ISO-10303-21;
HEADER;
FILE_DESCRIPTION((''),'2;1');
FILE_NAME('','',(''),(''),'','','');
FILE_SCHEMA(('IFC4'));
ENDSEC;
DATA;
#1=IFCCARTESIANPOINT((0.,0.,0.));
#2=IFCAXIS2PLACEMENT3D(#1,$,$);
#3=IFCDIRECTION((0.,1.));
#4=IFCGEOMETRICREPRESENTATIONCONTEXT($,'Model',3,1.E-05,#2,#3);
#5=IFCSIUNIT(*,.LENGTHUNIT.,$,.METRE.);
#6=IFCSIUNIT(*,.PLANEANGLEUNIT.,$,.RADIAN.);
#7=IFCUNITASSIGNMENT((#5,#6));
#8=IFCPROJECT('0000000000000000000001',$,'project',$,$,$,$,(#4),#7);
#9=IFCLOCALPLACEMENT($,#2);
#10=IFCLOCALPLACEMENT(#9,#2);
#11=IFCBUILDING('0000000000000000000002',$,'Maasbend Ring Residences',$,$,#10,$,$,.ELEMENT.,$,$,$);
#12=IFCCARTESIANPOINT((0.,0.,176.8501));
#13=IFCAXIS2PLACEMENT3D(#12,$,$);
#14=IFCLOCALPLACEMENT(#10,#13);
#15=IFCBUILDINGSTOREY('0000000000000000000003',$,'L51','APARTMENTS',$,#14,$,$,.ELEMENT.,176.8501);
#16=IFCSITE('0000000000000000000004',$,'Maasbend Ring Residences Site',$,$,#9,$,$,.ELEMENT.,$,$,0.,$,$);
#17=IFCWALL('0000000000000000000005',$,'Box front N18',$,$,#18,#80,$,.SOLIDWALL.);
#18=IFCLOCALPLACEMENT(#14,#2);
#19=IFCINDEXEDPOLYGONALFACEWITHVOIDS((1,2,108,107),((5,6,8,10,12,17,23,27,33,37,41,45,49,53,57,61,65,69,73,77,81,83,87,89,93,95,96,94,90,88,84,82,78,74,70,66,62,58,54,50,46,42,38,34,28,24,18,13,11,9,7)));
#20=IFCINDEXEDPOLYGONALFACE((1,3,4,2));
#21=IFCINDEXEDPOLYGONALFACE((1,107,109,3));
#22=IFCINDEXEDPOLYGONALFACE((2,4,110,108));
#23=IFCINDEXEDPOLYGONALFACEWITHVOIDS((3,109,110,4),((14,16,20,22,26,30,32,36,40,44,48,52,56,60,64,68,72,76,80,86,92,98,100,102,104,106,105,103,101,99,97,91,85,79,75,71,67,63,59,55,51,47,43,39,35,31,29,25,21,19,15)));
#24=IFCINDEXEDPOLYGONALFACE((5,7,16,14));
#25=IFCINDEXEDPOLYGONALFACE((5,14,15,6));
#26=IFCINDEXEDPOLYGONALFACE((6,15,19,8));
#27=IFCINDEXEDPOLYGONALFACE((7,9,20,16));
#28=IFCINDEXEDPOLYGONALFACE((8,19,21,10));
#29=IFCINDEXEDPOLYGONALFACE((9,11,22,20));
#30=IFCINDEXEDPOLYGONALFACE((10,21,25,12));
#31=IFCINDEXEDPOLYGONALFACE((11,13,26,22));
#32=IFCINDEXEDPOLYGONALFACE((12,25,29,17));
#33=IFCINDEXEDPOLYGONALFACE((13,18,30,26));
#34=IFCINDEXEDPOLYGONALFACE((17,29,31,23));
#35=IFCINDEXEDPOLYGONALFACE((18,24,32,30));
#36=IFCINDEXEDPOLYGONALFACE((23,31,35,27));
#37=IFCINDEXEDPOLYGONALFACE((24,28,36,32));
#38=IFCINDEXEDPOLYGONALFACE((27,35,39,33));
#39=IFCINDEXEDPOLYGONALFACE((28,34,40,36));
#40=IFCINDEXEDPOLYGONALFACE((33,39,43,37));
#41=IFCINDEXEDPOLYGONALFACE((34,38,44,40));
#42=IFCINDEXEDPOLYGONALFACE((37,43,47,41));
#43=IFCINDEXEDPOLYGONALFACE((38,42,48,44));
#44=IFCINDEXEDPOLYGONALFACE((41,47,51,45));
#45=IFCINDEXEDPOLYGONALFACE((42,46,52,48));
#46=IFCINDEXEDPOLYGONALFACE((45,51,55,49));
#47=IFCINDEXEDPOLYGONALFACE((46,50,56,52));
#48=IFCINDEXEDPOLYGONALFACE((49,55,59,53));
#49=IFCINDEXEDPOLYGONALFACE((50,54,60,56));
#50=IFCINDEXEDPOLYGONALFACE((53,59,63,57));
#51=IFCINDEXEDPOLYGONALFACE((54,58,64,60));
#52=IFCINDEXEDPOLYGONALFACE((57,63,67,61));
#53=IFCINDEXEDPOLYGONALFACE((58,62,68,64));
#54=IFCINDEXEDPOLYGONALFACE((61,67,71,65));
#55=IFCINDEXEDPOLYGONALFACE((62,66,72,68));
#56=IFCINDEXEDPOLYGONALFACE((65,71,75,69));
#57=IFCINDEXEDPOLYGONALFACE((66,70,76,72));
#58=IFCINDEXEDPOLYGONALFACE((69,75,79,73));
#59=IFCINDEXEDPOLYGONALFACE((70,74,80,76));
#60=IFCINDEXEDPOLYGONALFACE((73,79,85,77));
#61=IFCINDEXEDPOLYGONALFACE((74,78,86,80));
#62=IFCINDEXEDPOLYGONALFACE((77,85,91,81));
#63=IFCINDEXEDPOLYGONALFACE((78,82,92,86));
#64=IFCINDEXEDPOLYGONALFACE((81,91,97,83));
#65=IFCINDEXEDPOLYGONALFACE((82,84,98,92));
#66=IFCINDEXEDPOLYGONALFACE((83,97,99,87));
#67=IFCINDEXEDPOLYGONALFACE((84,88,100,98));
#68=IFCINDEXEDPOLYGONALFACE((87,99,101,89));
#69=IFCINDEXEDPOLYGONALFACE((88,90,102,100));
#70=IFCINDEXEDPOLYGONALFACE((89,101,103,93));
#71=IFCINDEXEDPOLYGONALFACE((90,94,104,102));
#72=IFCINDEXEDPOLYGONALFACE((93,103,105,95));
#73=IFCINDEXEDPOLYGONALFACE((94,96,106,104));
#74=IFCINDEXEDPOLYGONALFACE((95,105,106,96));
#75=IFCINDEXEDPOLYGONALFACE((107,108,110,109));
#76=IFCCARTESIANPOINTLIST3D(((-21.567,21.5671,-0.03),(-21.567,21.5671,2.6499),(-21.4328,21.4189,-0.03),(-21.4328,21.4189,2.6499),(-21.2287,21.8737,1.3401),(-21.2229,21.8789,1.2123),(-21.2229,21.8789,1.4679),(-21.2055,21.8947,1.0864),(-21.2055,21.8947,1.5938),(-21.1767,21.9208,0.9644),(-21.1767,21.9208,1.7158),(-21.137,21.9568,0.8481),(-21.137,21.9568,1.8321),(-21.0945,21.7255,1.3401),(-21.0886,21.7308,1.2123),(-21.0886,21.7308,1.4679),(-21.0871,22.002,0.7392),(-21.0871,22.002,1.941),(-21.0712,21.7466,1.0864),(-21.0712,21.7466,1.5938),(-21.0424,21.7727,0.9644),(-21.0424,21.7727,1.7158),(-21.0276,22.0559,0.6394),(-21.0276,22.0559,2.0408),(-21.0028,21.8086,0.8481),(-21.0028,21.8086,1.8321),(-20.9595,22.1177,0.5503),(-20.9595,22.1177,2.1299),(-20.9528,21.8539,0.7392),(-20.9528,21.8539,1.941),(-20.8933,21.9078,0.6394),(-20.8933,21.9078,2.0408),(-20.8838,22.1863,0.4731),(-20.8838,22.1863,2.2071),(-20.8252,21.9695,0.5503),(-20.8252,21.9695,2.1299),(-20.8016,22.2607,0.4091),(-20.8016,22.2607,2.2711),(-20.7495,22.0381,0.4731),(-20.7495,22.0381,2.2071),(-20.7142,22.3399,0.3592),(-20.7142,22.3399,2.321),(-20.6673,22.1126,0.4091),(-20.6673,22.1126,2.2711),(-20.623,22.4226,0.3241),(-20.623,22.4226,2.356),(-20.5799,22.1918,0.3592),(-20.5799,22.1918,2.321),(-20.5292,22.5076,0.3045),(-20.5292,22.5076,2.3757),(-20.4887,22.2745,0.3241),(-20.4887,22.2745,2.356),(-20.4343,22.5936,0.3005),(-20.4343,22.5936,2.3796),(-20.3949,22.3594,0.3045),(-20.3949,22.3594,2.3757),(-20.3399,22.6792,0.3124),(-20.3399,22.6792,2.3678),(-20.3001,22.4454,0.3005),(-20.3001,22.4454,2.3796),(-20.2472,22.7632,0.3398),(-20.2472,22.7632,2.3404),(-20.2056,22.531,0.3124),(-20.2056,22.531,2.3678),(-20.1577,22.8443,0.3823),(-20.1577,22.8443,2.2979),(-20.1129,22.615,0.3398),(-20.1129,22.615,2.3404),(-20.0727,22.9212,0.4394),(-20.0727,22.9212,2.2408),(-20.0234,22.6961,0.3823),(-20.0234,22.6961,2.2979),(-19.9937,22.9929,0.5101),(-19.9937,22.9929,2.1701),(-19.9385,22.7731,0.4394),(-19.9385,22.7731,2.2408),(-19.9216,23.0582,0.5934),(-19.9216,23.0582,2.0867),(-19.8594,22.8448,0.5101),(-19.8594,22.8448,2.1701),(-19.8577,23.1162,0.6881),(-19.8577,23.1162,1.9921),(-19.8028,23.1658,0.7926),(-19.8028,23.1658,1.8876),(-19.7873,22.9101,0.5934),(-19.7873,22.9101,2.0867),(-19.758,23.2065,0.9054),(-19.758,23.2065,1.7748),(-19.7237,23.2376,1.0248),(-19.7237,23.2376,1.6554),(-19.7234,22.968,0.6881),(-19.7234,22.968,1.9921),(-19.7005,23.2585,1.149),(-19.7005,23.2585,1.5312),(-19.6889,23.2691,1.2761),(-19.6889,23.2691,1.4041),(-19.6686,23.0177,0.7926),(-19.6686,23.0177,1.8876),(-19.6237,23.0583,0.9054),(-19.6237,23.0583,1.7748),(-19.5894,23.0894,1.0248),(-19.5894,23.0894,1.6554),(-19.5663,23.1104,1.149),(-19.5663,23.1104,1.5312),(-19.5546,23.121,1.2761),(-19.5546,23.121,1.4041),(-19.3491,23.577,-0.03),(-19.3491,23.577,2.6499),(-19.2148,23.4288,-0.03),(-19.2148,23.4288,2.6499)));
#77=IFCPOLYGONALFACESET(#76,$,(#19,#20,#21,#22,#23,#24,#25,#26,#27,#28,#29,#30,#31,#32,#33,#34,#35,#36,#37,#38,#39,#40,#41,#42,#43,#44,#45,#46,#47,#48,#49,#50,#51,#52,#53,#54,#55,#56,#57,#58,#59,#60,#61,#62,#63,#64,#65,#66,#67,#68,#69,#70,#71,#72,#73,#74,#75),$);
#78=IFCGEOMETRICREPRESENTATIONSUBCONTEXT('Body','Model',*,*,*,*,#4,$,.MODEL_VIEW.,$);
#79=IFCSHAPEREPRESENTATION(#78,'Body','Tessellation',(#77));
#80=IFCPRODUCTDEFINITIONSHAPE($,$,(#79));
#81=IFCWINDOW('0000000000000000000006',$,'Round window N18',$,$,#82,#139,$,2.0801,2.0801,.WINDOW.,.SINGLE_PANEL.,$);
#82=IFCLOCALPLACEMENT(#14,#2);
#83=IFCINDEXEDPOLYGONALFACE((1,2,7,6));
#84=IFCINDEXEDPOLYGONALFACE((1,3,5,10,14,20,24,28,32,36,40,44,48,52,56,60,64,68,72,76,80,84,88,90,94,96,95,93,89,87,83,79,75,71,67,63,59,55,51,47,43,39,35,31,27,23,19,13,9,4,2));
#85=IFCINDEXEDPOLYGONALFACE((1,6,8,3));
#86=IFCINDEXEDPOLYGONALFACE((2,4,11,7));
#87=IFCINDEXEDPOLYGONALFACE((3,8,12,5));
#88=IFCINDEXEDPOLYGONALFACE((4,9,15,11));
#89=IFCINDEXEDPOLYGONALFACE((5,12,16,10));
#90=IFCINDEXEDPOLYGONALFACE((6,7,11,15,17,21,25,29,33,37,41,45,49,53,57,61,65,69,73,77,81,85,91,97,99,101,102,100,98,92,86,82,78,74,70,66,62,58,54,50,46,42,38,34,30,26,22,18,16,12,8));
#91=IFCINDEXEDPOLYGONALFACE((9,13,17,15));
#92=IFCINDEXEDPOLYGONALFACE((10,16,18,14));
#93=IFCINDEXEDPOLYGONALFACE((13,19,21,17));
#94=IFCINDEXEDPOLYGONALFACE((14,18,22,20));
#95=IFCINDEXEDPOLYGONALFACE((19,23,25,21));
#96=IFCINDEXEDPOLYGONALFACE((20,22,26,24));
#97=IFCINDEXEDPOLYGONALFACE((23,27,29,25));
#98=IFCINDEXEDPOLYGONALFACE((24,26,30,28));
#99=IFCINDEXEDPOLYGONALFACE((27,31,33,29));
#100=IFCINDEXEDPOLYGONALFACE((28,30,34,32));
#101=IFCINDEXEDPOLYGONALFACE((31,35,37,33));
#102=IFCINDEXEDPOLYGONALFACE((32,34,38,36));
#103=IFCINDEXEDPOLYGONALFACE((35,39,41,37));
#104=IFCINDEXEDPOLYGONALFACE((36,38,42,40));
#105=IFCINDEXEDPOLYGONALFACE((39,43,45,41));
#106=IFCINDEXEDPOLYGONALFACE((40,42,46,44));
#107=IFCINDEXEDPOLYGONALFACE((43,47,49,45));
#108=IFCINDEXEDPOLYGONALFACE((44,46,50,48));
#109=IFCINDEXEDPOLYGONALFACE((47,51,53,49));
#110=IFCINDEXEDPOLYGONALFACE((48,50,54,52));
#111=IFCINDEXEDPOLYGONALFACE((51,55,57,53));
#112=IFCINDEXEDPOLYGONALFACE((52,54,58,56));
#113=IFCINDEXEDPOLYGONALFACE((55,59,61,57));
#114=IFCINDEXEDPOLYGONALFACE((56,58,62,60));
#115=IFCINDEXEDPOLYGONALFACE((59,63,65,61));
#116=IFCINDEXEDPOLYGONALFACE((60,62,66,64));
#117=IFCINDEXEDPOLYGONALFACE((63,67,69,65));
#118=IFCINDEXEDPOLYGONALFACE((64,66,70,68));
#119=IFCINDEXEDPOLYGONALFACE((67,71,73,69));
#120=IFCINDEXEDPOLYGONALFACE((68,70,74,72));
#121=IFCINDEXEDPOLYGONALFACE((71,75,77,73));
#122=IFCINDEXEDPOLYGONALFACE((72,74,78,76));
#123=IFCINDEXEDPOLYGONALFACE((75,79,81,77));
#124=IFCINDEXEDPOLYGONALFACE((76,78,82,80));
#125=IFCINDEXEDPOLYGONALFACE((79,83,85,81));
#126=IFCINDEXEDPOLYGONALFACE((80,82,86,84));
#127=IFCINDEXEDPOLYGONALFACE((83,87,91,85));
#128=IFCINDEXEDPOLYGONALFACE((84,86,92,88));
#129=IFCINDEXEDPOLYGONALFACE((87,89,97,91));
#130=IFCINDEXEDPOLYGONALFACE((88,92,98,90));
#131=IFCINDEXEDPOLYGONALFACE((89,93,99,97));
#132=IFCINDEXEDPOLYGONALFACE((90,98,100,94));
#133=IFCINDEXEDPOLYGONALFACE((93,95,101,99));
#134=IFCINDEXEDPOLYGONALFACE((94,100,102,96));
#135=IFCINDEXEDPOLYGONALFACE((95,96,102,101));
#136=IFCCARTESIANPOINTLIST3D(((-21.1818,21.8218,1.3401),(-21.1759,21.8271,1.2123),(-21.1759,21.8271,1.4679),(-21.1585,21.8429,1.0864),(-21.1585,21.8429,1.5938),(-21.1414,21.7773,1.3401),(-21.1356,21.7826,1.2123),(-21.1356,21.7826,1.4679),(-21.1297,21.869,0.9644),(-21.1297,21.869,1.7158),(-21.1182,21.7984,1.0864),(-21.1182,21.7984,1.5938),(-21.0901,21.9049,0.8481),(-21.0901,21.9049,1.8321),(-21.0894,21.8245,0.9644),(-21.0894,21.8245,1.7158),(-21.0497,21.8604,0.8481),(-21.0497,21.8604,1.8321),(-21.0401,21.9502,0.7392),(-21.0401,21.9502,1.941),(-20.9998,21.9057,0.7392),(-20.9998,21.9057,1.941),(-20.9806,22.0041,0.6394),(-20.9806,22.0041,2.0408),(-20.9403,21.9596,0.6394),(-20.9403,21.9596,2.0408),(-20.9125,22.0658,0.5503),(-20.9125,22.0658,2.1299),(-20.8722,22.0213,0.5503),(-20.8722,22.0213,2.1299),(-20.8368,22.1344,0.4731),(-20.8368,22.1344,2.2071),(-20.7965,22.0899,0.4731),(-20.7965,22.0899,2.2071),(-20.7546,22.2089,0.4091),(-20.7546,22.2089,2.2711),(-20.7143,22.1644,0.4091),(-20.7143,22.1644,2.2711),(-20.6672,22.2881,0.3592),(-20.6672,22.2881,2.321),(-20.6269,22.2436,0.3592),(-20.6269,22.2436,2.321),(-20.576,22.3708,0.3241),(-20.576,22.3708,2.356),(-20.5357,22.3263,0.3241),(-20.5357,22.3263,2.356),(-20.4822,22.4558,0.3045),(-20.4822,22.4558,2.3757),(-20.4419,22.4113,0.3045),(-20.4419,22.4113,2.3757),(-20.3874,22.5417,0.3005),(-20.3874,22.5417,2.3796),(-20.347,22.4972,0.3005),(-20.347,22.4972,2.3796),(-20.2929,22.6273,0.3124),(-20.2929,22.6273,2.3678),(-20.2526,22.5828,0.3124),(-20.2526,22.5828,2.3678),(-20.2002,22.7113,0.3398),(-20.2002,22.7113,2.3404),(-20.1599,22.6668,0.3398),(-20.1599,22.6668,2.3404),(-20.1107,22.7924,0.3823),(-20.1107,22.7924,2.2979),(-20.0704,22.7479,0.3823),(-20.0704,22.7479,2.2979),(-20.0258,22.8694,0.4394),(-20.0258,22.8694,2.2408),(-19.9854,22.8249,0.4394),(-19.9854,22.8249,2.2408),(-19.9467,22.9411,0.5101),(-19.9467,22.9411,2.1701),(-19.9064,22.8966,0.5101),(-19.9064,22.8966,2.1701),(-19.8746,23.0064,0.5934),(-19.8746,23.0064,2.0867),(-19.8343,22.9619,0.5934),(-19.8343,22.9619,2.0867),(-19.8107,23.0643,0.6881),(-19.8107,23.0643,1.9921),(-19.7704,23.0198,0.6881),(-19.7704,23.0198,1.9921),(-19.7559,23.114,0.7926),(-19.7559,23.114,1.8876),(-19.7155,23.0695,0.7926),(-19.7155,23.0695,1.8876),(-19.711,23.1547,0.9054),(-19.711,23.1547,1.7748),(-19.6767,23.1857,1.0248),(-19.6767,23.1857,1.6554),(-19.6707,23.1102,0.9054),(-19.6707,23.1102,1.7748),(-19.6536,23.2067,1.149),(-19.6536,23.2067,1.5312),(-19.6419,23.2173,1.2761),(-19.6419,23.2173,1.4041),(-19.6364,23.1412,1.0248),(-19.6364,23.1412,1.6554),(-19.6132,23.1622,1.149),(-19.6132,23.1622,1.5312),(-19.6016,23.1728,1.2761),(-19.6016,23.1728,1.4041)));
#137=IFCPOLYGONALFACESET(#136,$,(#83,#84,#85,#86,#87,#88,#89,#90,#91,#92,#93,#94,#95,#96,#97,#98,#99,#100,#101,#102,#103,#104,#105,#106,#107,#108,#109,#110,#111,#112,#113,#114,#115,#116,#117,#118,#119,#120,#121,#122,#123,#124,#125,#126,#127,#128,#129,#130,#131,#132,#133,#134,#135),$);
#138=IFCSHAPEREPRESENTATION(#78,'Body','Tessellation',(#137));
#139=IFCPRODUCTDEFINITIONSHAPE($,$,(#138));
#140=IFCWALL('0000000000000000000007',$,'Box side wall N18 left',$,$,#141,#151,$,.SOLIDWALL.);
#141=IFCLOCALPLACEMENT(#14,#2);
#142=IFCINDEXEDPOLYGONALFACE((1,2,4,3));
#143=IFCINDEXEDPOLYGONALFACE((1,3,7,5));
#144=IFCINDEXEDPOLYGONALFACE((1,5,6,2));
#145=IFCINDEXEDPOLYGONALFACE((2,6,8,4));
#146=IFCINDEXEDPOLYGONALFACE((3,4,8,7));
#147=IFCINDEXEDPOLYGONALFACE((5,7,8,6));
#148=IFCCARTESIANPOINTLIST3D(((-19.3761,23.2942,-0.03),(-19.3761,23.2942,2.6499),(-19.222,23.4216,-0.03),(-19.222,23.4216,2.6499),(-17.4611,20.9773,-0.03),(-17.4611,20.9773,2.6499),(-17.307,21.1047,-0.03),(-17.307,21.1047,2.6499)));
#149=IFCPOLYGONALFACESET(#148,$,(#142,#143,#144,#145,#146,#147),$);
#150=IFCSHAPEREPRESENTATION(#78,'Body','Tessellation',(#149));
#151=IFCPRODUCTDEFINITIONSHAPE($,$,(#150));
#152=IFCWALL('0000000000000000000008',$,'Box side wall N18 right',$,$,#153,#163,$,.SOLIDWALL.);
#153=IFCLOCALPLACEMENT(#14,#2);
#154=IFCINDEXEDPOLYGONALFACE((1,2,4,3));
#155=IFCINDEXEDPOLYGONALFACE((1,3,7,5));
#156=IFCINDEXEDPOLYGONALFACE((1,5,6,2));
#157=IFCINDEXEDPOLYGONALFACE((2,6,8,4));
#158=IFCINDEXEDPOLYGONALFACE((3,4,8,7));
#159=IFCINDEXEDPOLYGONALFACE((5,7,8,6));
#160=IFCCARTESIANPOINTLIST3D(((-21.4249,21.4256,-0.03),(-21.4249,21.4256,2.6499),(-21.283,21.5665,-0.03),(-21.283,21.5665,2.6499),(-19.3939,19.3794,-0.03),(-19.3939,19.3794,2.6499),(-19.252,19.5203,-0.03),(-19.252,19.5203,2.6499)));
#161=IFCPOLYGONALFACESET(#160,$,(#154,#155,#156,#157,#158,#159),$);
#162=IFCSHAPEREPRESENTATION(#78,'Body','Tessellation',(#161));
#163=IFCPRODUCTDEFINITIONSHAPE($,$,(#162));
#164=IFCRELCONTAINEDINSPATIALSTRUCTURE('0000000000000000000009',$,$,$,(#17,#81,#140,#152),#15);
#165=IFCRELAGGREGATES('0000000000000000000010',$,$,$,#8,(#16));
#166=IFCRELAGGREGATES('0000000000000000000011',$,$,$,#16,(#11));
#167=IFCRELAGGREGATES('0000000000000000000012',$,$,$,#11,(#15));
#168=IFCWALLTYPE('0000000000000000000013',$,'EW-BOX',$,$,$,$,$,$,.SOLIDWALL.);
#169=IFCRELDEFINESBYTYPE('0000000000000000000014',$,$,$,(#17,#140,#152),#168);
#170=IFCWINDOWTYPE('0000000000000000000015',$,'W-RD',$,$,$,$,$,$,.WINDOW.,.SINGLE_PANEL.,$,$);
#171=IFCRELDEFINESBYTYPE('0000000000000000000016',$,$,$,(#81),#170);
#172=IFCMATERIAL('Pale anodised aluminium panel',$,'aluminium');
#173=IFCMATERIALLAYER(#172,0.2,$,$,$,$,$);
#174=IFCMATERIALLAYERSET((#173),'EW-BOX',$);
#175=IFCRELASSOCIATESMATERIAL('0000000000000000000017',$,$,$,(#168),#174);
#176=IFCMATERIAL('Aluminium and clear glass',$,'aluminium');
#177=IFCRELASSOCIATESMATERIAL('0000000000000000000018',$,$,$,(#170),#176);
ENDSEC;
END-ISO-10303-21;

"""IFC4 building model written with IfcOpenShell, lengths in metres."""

from ifc_helpers import new_model, si_unit, direction, frame, frame_2d, origin, place, context, subcontext, project, spatial, rectangle, circle, extrude, material, layer, layer_set, type_object, element, fill, save


model = new_model("IFC4")

# Units and contexts
model_context = context("Model", 3, precision=1e-05, world=origin(), true_north=direction((0.0, 1.0)))
body_context = subcontext(model_context, "Body", "Model", "MODEL_VIEW")
ifc_project = project(units=[si_unit("LENGTHUNIT", "METRE"), si_unit("PLANEANGLEUNIT", "RADIAN")], contexts=[model_context])

# Site, building, storey
site_placement = place(None, origin())
site = spatial("IfcSite", under=ifc_project, at=site_placement, Name="Maasbend Ring Residences Site", CompositionType="ELEMENT", RefElevation=0.0)
building_placement = place(site_placement, origin())
building = spatial("IfcBuilding", under=site, at=building_placement, Name="Maasbend Ring Residences", CompositionType="ELEMENT")
storey_placement = place(building_placement, frame((0.0, 0.0, 176.8501)))
storey = spatial("IfcBuildingStorey", under=building, at=storey_placement, Name="L51", Description="APARTMENTS", CompositionType="ELEMENT", Elevation=176.8501)

# Shared definitions
ifc_material_1 = material(Name="Pale anodised aluminium panel", Category="aluminium")
ifc_layer_1 = layer(ifc_material_1, 0.2)
ifc_layer_set_1 = layer_set([ifc_layer_1], Name="EW-BOX")
wall_type_1 = type_object("IfcWallType", Name="EW-BOX", PredefinedType="SOLIDWALL", material=ifc_layer_set_1)
ifc_material_2 = material(Name="Aluminium and clear glass", Category="aluminium")
window_type_1 = type_object("IfcWindowType", Name="W-RD", PartitioningType="SINGLE_PANEL", PredefinedType="WINDOW", material=ifc_material_2)

# Wall, opening, window
wall_1_placement = place(storey_placement, frame((-19.282, 23.5029, -0.03), z_axis=(0.0, 0.0, 1.0), x_axis=(-0.740998, -0.671507, 0.0)))
wall_1 = element("IfcWall", 1, at=wall_1_placement, inside=storey, type_object=wall_type_1, Name="Box front N18", PredefinedType="SOLIDWALL", context=body_context, shape_type="SweptSolid", body=[
    extrude(rectangle(XDim=2.9932, YDim=0.2, at=frame_2d((1.4966, 0.0))), origin(), (0.0, 0.0, 1.0), 2.6799),
])
opening_1_placement = place(wall_1_placement, frame((0.4565, 0.0, 0.3301)))
opening_1 = element("IfcOpeningElement", 2, at=opening_1_placement, cuts=wall_1, PredefinedType="OPENING", context=body_context, shape_type="SweptSolid", body=[
    extrude(circle(Radius=1.04, at=frame_2d((1.04, 1.04))), frame((0.0, 0.1099, 0.0), z_axis=(0.0, -1.0, 0.0), x_axis=(1.0, 0.0, 0.0)), (0.0, 0.0, 1.0), 0.22),
])
window_1_placement = place(opening_1_placement, origin())
window_1 = element("IfcWindow", 3, at=window_1_placement, inside=storey, type_object=window_type_1, Name="Round window N18", OverallHeight=2.0801, OverallWidth=2.0801, PartitioningType="SINGLE_PANEL", PredefinedType="WINDOW", context=body_context, shape_type="SweptSolid", body=[
    extrude(circle(Radius=1.04, at=frame_2d((1.04, 1.04))), frame((0.0, 0.03, 0.0), z_axis=(0.0, -1.0, 0.0), x_axis=(1.0, 0.0, 0.0)), (0.0, 0.0, 1.0), 0.0601),
])
fill(opening_1, window_1)

# Walls
wall_2_placement = place(storey_placement, frame((-17.384, 21.041, -0.03), z_axis=(0.0, 0.0, 1.0), x_axis=(-0.637096, 0.770785, 0.0)))
element("IfcWall", 4, at=wall_2_placement, inside=storey, type_object=wall_type_1, Name="Box side wall N18 left", PredefinedType="SOLIDWALL", context=body_context, shape_type="SweptSolid", body=[
    extrude(rectangle(XDim=3.0059, YDim=0.2, at=frame_2d((1.5029, 0.0))), origin(), (0.0, 0.0, 1.0), 2.6799),
])
wall_3_placement = place(storey_placement, frame((-19.323, 19.45, -0.03), z_axis=(0.0, 0.0, 1.0), x_axis=(-0.704477, 0.709727, 0.0)))
element("IfcWall", 5, at=wall_3_placement, inside=storey, type_object=wall_type_1, Name="Box side wall N18 right", PredefinedType="SOLIDWALL", context=body_context, shape_type="SweptSolid", body=[
    extrude(rectangle(XDim=2.8831, YDim=0.2, at=frame_2d((1.4414, 0.0))), origin(), (0.0, 0.0, 1.0), 2.6799),
])

save(model, "model.ifc")
